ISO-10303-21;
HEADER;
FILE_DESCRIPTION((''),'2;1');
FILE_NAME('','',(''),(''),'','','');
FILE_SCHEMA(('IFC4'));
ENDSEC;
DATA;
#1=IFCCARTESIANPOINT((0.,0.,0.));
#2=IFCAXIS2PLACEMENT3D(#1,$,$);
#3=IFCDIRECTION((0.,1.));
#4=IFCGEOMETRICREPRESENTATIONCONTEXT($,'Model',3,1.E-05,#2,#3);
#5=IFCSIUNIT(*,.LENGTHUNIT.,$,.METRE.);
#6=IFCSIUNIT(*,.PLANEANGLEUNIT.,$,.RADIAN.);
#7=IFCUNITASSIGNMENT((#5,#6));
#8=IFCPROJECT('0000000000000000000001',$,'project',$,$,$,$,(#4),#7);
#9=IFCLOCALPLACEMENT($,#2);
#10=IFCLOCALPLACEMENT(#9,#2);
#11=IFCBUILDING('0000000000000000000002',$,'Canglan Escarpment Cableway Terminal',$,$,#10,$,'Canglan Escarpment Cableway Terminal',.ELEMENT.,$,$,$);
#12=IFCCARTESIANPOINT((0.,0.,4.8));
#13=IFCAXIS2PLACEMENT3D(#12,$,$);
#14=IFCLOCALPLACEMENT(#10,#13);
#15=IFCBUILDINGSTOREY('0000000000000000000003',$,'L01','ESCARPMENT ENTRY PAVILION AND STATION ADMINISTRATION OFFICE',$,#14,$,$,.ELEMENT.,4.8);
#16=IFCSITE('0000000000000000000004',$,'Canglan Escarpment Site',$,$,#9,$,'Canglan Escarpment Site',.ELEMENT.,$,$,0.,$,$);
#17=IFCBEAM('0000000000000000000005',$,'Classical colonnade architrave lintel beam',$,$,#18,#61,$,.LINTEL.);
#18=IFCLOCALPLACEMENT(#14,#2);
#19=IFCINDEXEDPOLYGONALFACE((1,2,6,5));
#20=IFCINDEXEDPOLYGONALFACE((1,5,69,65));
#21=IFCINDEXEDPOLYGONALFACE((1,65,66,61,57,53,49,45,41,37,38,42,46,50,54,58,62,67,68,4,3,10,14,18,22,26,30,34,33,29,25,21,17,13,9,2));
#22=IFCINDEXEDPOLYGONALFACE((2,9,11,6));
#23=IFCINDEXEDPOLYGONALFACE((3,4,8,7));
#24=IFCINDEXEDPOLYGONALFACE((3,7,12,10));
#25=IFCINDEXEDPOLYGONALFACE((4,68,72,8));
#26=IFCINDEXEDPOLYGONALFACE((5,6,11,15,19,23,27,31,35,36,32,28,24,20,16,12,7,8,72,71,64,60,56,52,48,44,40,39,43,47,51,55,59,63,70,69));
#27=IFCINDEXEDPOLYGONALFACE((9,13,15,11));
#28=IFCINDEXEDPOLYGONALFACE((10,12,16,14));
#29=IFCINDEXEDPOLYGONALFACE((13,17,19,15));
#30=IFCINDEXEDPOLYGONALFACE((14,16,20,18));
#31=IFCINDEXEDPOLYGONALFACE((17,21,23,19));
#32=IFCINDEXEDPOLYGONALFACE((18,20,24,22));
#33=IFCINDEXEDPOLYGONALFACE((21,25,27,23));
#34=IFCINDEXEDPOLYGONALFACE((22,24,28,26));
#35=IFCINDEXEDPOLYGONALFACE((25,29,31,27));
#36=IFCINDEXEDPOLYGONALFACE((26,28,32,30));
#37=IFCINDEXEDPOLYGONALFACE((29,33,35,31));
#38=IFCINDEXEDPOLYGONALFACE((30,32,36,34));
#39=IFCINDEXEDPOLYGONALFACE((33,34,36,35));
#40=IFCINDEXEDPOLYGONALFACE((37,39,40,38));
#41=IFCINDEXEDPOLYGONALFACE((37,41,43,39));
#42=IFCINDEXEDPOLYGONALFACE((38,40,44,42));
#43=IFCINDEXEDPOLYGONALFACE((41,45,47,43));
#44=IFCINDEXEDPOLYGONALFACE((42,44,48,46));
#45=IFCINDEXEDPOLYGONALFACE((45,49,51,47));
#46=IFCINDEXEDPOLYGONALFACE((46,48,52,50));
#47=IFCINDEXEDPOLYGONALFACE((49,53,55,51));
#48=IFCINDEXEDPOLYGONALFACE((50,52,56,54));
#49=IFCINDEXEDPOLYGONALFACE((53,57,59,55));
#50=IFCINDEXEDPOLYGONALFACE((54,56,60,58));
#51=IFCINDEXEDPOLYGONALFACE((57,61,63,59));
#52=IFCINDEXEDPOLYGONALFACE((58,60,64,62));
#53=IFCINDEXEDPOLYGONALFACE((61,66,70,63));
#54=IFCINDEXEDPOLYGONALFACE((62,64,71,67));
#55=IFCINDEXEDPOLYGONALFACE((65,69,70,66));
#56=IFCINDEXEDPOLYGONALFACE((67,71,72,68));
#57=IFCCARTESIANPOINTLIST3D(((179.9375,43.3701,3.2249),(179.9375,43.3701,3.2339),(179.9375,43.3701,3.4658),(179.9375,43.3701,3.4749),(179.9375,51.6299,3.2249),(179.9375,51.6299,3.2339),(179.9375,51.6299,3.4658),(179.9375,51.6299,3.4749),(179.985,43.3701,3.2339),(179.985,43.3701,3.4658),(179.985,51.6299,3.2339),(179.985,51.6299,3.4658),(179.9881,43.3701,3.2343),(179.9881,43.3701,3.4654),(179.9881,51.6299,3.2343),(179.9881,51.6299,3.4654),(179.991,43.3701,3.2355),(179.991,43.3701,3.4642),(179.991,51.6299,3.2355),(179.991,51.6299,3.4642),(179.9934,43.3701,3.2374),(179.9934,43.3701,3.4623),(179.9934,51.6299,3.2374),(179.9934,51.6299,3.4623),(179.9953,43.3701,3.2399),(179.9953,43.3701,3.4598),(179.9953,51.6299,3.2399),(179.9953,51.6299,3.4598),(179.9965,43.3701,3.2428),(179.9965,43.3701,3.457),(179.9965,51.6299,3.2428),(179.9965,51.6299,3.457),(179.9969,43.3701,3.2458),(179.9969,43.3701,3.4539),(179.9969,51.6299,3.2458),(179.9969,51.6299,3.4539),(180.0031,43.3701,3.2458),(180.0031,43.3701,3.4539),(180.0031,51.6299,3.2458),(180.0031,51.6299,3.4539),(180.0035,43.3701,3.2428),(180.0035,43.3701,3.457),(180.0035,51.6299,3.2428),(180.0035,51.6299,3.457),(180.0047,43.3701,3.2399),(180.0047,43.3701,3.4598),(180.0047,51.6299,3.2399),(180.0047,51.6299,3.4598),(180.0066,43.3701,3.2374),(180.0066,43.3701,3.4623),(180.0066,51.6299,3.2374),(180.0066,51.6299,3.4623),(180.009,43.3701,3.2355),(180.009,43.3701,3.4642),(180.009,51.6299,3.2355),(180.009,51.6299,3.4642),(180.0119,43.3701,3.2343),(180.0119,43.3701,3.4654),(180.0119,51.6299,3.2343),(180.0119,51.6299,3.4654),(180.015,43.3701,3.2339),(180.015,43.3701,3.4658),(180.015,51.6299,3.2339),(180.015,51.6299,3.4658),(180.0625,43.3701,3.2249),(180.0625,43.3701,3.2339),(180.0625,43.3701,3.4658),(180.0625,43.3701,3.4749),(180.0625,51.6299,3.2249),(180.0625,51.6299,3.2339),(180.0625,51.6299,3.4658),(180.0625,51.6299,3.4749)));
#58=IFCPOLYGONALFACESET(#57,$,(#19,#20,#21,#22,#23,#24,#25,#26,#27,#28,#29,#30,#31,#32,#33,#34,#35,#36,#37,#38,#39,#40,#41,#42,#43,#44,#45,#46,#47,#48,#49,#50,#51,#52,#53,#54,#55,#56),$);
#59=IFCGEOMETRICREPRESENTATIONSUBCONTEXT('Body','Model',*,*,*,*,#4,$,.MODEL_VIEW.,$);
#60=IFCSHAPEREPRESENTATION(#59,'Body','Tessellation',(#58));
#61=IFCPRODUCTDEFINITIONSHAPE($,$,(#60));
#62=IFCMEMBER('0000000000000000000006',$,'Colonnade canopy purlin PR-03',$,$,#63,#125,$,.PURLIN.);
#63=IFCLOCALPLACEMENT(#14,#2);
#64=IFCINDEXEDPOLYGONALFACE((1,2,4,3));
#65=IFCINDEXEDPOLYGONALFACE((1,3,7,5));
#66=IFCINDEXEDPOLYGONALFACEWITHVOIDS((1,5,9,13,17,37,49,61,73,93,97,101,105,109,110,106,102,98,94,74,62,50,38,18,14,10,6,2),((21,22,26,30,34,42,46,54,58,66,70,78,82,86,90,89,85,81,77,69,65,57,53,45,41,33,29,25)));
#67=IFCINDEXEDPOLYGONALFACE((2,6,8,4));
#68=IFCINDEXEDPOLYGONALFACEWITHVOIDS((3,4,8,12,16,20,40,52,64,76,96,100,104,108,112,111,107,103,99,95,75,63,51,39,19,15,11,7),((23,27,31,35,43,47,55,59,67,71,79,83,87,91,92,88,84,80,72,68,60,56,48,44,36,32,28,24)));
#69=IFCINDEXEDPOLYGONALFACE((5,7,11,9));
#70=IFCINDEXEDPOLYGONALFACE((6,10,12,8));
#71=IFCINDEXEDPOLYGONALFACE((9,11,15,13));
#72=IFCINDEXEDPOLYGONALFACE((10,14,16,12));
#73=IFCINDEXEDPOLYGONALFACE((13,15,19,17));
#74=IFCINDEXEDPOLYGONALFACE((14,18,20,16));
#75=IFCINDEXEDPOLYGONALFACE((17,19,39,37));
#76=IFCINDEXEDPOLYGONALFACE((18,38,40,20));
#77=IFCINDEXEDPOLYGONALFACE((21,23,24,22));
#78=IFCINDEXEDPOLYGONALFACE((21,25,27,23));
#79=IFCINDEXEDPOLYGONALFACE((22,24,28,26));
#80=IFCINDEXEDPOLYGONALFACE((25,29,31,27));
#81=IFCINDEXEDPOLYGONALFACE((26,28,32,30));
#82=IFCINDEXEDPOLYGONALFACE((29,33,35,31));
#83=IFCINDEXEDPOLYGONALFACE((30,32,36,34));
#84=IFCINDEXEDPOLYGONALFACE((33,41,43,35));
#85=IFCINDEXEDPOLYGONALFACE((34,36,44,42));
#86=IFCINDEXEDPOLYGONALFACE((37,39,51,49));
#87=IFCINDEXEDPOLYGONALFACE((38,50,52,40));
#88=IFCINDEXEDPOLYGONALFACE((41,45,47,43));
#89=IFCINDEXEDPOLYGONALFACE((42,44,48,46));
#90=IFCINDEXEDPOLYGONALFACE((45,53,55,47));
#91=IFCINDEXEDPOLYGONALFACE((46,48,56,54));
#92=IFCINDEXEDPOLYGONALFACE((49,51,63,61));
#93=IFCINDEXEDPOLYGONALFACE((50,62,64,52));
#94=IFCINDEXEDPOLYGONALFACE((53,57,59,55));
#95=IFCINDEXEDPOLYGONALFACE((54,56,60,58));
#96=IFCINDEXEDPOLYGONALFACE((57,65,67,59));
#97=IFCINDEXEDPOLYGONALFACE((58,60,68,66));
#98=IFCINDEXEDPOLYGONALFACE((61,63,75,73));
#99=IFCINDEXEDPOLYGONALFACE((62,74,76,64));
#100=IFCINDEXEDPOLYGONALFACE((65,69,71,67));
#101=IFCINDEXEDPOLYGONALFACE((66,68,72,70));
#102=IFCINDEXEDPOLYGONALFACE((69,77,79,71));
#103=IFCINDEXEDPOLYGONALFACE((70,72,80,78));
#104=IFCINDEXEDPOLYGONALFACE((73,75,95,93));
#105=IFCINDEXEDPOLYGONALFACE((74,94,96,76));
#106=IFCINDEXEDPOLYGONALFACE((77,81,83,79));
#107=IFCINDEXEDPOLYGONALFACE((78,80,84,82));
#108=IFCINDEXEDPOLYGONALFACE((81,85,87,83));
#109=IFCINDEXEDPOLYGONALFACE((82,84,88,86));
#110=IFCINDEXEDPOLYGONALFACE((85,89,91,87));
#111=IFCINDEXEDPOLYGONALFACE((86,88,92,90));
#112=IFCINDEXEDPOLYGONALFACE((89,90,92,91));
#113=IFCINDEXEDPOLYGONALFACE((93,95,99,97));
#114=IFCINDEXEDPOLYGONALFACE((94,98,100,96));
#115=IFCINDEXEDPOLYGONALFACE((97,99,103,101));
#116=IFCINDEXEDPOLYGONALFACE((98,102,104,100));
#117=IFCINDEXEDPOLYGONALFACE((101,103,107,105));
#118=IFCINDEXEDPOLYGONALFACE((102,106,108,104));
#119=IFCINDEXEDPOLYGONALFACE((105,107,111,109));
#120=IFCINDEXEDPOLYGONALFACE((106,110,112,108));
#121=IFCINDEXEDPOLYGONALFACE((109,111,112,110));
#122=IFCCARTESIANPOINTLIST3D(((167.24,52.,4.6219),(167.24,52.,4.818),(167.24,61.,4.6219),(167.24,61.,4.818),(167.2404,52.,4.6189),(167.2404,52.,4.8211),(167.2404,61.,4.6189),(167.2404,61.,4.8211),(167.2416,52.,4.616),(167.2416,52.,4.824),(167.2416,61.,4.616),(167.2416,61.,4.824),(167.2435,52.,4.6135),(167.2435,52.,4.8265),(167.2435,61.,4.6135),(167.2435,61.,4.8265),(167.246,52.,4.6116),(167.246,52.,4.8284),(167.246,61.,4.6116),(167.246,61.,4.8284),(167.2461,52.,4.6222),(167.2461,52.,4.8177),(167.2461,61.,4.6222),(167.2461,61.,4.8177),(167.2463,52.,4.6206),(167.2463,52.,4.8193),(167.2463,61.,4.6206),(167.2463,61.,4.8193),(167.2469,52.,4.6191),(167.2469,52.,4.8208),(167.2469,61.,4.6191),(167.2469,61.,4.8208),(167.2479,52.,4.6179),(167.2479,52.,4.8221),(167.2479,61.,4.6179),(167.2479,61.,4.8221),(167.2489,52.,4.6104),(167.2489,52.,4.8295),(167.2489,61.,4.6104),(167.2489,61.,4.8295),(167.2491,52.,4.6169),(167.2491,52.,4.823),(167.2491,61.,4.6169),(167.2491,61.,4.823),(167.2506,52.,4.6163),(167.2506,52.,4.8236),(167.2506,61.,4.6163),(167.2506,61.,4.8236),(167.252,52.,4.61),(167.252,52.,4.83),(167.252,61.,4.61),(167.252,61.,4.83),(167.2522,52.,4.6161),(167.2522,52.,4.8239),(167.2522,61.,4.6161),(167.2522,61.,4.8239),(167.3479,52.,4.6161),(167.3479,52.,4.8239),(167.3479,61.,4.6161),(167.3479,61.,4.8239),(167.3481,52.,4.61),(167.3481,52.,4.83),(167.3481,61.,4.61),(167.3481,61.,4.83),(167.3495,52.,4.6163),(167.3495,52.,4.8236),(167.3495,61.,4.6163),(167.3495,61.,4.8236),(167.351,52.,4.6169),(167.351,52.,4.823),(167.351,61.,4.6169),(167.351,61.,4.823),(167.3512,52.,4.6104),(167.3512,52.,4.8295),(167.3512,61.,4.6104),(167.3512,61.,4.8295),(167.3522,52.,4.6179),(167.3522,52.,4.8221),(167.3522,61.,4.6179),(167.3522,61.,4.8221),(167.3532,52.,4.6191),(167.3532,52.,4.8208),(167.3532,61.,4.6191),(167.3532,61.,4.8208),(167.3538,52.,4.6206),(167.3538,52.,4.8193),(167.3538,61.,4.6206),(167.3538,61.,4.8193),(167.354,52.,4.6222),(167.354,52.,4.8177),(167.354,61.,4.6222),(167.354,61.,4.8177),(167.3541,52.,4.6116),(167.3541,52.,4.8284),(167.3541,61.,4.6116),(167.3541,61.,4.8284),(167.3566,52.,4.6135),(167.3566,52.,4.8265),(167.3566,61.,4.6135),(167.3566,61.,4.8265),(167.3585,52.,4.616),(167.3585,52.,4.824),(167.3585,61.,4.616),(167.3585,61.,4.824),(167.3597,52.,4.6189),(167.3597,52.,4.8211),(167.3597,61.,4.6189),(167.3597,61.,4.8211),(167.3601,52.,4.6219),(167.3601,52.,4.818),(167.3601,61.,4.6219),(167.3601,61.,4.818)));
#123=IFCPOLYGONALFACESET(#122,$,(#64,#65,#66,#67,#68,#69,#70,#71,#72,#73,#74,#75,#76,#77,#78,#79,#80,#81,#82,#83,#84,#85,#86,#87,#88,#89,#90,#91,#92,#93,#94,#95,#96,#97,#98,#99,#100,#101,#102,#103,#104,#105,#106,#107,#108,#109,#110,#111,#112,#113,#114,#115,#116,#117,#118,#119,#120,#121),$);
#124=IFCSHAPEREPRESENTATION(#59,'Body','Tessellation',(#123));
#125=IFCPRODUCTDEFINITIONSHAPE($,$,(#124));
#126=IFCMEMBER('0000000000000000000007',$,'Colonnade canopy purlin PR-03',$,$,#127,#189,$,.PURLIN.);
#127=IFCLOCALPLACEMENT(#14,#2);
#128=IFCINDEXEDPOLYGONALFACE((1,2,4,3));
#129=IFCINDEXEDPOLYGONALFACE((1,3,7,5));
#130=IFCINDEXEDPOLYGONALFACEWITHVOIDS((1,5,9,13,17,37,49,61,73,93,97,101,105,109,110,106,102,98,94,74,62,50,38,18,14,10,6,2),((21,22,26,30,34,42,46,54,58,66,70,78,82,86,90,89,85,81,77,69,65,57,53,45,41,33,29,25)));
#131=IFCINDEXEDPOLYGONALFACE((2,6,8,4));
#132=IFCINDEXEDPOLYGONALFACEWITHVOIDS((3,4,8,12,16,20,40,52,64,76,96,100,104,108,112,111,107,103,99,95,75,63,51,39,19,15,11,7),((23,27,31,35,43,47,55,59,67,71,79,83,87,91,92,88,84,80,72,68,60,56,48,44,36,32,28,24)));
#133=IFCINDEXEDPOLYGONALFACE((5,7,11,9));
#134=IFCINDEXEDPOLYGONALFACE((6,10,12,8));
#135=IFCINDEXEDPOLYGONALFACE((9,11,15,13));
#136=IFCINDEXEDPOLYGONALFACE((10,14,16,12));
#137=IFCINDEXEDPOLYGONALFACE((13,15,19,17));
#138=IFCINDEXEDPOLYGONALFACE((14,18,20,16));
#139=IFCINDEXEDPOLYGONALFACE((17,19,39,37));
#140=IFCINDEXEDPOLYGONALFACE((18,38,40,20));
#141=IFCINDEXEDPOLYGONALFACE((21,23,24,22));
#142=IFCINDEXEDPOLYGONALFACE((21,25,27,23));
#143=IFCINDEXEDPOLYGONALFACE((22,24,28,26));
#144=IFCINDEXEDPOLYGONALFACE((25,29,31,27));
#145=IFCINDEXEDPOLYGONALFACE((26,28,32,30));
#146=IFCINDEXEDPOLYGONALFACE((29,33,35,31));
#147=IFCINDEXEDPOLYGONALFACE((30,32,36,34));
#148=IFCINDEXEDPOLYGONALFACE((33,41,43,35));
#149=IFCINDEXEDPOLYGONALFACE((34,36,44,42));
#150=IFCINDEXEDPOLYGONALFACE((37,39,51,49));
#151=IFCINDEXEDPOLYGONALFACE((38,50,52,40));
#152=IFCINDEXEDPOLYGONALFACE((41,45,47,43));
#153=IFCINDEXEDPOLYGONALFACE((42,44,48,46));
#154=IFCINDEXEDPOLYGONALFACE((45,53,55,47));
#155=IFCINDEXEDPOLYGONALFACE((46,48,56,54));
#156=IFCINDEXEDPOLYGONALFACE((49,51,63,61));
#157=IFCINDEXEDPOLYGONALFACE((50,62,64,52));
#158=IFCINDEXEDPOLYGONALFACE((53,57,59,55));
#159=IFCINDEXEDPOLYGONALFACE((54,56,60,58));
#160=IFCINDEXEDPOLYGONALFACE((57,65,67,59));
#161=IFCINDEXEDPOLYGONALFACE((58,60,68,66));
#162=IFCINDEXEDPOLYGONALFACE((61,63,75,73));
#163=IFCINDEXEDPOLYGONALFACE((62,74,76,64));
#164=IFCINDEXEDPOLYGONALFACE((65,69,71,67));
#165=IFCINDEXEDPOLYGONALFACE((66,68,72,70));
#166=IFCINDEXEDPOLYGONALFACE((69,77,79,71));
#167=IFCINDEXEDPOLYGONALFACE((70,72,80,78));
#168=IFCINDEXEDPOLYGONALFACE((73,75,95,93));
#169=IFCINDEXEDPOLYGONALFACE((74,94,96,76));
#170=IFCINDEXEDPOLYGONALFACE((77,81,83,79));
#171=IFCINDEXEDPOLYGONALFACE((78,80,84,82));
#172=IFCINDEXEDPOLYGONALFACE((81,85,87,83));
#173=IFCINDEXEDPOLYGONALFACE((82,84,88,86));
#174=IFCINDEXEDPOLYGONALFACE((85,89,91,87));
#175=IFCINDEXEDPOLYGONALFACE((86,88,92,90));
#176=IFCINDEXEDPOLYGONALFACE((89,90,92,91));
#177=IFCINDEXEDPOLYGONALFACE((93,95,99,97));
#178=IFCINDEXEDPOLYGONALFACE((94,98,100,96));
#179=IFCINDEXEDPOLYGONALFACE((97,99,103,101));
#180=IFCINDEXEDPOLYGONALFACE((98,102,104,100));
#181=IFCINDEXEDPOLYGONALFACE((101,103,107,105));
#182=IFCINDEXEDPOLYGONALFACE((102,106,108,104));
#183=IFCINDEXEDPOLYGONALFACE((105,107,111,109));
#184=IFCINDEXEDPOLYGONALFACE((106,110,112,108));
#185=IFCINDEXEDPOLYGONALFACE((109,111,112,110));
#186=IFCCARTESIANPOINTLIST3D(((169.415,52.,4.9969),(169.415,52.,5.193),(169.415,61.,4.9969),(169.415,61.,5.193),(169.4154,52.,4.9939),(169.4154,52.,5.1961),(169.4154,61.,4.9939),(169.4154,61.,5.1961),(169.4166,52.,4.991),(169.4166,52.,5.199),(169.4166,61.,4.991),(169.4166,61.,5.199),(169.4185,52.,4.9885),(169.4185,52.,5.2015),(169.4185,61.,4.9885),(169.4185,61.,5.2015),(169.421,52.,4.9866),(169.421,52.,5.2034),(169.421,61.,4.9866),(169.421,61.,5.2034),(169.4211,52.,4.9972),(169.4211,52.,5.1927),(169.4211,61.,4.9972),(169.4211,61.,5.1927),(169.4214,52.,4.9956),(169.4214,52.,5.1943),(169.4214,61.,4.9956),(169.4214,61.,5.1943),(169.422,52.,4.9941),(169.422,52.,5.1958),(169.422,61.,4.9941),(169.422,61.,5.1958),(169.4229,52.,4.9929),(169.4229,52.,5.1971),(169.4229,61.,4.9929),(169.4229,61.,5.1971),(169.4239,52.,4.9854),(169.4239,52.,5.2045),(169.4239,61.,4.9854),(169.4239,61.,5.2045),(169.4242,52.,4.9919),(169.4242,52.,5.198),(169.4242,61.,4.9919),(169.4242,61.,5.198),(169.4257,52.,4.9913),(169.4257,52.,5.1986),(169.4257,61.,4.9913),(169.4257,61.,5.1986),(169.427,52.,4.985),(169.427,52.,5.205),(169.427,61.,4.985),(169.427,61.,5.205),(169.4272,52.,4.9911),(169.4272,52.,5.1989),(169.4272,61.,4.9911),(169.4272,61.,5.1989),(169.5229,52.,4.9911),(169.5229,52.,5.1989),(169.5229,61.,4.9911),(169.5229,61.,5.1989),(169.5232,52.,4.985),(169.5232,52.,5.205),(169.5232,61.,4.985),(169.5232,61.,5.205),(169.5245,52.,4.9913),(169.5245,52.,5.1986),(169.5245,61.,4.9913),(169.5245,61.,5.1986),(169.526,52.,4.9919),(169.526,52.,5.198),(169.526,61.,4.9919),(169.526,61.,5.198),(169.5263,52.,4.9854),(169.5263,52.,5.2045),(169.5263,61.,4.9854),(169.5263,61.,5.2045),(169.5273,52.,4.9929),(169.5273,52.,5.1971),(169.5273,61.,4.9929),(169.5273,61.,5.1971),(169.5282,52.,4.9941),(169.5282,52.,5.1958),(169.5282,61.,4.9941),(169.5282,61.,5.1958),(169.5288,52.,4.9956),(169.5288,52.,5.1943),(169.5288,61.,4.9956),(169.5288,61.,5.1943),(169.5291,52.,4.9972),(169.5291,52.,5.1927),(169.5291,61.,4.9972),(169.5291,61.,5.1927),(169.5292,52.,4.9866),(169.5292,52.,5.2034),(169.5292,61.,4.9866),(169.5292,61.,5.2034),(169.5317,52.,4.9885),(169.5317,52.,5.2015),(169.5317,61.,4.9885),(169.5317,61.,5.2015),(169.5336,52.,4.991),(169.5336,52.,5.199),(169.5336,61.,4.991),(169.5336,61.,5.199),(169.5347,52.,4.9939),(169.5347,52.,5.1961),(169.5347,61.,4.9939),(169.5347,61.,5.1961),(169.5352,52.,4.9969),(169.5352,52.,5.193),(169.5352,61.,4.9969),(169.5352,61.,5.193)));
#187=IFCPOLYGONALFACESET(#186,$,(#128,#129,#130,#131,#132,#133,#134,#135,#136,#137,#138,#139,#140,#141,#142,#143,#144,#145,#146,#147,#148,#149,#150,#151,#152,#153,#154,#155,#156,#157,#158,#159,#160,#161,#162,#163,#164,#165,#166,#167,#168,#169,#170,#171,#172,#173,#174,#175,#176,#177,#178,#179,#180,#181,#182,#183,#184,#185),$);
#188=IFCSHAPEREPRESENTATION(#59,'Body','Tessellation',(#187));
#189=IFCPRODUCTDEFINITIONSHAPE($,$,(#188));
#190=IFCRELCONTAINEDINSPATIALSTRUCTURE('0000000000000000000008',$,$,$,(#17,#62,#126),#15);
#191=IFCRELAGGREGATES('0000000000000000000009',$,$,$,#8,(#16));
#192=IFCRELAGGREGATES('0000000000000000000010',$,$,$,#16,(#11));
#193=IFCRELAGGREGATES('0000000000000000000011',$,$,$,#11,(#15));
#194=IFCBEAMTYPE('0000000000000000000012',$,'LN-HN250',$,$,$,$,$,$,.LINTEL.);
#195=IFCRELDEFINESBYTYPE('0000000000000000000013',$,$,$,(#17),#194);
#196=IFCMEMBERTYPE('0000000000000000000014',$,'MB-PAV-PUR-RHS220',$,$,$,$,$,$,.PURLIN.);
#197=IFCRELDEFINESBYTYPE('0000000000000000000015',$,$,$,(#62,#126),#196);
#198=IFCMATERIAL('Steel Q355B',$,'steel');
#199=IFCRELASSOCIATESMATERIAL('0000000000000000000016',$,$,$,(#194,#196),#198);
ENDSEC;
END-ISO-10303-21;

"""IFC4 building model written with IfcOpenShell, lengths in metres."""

from ifc_helpers import new_model, si_unit, direction, frame, origin, origin_2d, place, context, subcontext, project, spatial, hollow_rectangle, i_section, extrude, material, material_profile, profile_set, type_object, element, save


model = new_model("IFC4")

# Units and contexts
model_context = context("Model", 3, precision=1e-05, world=origin(), true_north=direction((0.0, 1.0)))
body_context = subcontext(model_context, "Body", "Model", "MODEL_VIEW")
ifc_project = project(units=[si_unit("LENGTHUNIT", "METRE"), si_unit("PLANEANGLEUNIT", "RADIAN")], contexts=[model_context])

# Site, building, storey
site_placement = place(None, origin())
site = spatial("IfcSite", under=ifc_project, at=site_placement, Name="Canglan Escarpment Site", LongName="Canglan Escarpment Site", CompositionType="ELEMENT", RefElevation=0.0)
building_placement = place(site_placement, origin())
building = spatial("IfcBuilding", under=site, at=building_placement, Name="Canglan Escarpment Cableway Terminal", LongName="Canglan Escarpment Cableway Terminal", CompositionType="ELEMENT")
storey_placement = place(building_placement, frame((0.0, 0.0, 4.8)))
storey = spatial("IfcBuildingStorey", under=building, at=storey_placement, Name="L01", Description="ESCARPMENT ENTRY PAVILION AND STATION ADMINISTRATION OFFICE", CompositionType="ELEMENT", Elevation=4.8)

# Beam
ifc_material_1 = material(Name="Steel Q355B", Category="steel")
ifc_material_profile_1 = material_profile(ifc_material_1, i_section(OverallWidth=0.125, OverallDepth=0.25, WebThickness=0.0061, FlangeThickness=0.009, FilletRadius=0.012, at=origin_2d()), Name="HN 250x125x6x9")
ifc_profile_set_1 = profile_set([ifc_material_profile_1], Name="Steel Q355B")
beam_type_1 = type_object("IfcBeamType", Name="LN-HN250", PredefinedType="LINTEL", material=ifc_profile_set_1)
beam_1_placement = place(storey_placement, frame((180.0, 43.3701, 3.3499), z_axis=(0.0, 1.0, 0.0), x_axis=(-1.0, 0.0, 0.0)))
element("IfcBeam", 1, at=beam_1_placement, inside=storey, type_object=beam_type_1, Name="Classical colonnade architrave lintel beam", PredefinedType="LINTEL", context=body_context, shape_type="SweptSolid", body=[
    extrude(i_section(OverallWidth=0.125, OverallDepth=0.25, WebThickness=0.0061, FlangeThickness=0.009, FilletRadius=0.012, at=origin_2d()), origin(), (0.0, 0.0, 1.0), 8.2598),
])

# Members
ifc_material_profile_2 = material_profile(ifc_material_1, hollow_rectangle(XDim=0.1201, YDim=0.22, WallThickness=0.0061, InnerFilletRadius=0.0061, OuterFilletRadius=0.012, at=origin_2d()), Name="RHS 220x120x6")
ifc_profile_set_2 = profile_set([ifc_material_profile_2], Name="Steel Q355B")
member_type = type_object("IfcMemberType", Name="MB-PAV-PUR-RHS220", PredefinedType="PURLIN", material=ifc_profile_set_2)
for number, where, z_axis, x_axis, name in (
    (2, (167.3, 52.0, 4.72), (0.0, 1.0, 0.0), (-1.0, 0.0, 0.0), "Colonnade canopy purlin PR-03"),
    (3, (169.4751, 52.0, 5.095), (0.0, 1.0, 0.0), (-1.0, 0.0, 0.0), "Colonnade canopy purlin PR-03"),
):
    element("IfcMember", number, at=place(storey_placement, frame(where, z_axis=z_axis, x_axis=x_axis)), inside=storey, type_object=member_type, Name=name, PredefinedType="PURLIN", context=body_context, shape_type="SweptSolid", body=[
        extrude(hollow_rectangle(XDim=0.1201, YDim=0.22, WallThickness=0.0061, InnerFilletRadius=0.0061, OuterFilletRadius=0.012, at=origin_2d()), origin(), (0.0, 0.0, 1.0), 9.0),
    ])

save(model, "model.ifc")
